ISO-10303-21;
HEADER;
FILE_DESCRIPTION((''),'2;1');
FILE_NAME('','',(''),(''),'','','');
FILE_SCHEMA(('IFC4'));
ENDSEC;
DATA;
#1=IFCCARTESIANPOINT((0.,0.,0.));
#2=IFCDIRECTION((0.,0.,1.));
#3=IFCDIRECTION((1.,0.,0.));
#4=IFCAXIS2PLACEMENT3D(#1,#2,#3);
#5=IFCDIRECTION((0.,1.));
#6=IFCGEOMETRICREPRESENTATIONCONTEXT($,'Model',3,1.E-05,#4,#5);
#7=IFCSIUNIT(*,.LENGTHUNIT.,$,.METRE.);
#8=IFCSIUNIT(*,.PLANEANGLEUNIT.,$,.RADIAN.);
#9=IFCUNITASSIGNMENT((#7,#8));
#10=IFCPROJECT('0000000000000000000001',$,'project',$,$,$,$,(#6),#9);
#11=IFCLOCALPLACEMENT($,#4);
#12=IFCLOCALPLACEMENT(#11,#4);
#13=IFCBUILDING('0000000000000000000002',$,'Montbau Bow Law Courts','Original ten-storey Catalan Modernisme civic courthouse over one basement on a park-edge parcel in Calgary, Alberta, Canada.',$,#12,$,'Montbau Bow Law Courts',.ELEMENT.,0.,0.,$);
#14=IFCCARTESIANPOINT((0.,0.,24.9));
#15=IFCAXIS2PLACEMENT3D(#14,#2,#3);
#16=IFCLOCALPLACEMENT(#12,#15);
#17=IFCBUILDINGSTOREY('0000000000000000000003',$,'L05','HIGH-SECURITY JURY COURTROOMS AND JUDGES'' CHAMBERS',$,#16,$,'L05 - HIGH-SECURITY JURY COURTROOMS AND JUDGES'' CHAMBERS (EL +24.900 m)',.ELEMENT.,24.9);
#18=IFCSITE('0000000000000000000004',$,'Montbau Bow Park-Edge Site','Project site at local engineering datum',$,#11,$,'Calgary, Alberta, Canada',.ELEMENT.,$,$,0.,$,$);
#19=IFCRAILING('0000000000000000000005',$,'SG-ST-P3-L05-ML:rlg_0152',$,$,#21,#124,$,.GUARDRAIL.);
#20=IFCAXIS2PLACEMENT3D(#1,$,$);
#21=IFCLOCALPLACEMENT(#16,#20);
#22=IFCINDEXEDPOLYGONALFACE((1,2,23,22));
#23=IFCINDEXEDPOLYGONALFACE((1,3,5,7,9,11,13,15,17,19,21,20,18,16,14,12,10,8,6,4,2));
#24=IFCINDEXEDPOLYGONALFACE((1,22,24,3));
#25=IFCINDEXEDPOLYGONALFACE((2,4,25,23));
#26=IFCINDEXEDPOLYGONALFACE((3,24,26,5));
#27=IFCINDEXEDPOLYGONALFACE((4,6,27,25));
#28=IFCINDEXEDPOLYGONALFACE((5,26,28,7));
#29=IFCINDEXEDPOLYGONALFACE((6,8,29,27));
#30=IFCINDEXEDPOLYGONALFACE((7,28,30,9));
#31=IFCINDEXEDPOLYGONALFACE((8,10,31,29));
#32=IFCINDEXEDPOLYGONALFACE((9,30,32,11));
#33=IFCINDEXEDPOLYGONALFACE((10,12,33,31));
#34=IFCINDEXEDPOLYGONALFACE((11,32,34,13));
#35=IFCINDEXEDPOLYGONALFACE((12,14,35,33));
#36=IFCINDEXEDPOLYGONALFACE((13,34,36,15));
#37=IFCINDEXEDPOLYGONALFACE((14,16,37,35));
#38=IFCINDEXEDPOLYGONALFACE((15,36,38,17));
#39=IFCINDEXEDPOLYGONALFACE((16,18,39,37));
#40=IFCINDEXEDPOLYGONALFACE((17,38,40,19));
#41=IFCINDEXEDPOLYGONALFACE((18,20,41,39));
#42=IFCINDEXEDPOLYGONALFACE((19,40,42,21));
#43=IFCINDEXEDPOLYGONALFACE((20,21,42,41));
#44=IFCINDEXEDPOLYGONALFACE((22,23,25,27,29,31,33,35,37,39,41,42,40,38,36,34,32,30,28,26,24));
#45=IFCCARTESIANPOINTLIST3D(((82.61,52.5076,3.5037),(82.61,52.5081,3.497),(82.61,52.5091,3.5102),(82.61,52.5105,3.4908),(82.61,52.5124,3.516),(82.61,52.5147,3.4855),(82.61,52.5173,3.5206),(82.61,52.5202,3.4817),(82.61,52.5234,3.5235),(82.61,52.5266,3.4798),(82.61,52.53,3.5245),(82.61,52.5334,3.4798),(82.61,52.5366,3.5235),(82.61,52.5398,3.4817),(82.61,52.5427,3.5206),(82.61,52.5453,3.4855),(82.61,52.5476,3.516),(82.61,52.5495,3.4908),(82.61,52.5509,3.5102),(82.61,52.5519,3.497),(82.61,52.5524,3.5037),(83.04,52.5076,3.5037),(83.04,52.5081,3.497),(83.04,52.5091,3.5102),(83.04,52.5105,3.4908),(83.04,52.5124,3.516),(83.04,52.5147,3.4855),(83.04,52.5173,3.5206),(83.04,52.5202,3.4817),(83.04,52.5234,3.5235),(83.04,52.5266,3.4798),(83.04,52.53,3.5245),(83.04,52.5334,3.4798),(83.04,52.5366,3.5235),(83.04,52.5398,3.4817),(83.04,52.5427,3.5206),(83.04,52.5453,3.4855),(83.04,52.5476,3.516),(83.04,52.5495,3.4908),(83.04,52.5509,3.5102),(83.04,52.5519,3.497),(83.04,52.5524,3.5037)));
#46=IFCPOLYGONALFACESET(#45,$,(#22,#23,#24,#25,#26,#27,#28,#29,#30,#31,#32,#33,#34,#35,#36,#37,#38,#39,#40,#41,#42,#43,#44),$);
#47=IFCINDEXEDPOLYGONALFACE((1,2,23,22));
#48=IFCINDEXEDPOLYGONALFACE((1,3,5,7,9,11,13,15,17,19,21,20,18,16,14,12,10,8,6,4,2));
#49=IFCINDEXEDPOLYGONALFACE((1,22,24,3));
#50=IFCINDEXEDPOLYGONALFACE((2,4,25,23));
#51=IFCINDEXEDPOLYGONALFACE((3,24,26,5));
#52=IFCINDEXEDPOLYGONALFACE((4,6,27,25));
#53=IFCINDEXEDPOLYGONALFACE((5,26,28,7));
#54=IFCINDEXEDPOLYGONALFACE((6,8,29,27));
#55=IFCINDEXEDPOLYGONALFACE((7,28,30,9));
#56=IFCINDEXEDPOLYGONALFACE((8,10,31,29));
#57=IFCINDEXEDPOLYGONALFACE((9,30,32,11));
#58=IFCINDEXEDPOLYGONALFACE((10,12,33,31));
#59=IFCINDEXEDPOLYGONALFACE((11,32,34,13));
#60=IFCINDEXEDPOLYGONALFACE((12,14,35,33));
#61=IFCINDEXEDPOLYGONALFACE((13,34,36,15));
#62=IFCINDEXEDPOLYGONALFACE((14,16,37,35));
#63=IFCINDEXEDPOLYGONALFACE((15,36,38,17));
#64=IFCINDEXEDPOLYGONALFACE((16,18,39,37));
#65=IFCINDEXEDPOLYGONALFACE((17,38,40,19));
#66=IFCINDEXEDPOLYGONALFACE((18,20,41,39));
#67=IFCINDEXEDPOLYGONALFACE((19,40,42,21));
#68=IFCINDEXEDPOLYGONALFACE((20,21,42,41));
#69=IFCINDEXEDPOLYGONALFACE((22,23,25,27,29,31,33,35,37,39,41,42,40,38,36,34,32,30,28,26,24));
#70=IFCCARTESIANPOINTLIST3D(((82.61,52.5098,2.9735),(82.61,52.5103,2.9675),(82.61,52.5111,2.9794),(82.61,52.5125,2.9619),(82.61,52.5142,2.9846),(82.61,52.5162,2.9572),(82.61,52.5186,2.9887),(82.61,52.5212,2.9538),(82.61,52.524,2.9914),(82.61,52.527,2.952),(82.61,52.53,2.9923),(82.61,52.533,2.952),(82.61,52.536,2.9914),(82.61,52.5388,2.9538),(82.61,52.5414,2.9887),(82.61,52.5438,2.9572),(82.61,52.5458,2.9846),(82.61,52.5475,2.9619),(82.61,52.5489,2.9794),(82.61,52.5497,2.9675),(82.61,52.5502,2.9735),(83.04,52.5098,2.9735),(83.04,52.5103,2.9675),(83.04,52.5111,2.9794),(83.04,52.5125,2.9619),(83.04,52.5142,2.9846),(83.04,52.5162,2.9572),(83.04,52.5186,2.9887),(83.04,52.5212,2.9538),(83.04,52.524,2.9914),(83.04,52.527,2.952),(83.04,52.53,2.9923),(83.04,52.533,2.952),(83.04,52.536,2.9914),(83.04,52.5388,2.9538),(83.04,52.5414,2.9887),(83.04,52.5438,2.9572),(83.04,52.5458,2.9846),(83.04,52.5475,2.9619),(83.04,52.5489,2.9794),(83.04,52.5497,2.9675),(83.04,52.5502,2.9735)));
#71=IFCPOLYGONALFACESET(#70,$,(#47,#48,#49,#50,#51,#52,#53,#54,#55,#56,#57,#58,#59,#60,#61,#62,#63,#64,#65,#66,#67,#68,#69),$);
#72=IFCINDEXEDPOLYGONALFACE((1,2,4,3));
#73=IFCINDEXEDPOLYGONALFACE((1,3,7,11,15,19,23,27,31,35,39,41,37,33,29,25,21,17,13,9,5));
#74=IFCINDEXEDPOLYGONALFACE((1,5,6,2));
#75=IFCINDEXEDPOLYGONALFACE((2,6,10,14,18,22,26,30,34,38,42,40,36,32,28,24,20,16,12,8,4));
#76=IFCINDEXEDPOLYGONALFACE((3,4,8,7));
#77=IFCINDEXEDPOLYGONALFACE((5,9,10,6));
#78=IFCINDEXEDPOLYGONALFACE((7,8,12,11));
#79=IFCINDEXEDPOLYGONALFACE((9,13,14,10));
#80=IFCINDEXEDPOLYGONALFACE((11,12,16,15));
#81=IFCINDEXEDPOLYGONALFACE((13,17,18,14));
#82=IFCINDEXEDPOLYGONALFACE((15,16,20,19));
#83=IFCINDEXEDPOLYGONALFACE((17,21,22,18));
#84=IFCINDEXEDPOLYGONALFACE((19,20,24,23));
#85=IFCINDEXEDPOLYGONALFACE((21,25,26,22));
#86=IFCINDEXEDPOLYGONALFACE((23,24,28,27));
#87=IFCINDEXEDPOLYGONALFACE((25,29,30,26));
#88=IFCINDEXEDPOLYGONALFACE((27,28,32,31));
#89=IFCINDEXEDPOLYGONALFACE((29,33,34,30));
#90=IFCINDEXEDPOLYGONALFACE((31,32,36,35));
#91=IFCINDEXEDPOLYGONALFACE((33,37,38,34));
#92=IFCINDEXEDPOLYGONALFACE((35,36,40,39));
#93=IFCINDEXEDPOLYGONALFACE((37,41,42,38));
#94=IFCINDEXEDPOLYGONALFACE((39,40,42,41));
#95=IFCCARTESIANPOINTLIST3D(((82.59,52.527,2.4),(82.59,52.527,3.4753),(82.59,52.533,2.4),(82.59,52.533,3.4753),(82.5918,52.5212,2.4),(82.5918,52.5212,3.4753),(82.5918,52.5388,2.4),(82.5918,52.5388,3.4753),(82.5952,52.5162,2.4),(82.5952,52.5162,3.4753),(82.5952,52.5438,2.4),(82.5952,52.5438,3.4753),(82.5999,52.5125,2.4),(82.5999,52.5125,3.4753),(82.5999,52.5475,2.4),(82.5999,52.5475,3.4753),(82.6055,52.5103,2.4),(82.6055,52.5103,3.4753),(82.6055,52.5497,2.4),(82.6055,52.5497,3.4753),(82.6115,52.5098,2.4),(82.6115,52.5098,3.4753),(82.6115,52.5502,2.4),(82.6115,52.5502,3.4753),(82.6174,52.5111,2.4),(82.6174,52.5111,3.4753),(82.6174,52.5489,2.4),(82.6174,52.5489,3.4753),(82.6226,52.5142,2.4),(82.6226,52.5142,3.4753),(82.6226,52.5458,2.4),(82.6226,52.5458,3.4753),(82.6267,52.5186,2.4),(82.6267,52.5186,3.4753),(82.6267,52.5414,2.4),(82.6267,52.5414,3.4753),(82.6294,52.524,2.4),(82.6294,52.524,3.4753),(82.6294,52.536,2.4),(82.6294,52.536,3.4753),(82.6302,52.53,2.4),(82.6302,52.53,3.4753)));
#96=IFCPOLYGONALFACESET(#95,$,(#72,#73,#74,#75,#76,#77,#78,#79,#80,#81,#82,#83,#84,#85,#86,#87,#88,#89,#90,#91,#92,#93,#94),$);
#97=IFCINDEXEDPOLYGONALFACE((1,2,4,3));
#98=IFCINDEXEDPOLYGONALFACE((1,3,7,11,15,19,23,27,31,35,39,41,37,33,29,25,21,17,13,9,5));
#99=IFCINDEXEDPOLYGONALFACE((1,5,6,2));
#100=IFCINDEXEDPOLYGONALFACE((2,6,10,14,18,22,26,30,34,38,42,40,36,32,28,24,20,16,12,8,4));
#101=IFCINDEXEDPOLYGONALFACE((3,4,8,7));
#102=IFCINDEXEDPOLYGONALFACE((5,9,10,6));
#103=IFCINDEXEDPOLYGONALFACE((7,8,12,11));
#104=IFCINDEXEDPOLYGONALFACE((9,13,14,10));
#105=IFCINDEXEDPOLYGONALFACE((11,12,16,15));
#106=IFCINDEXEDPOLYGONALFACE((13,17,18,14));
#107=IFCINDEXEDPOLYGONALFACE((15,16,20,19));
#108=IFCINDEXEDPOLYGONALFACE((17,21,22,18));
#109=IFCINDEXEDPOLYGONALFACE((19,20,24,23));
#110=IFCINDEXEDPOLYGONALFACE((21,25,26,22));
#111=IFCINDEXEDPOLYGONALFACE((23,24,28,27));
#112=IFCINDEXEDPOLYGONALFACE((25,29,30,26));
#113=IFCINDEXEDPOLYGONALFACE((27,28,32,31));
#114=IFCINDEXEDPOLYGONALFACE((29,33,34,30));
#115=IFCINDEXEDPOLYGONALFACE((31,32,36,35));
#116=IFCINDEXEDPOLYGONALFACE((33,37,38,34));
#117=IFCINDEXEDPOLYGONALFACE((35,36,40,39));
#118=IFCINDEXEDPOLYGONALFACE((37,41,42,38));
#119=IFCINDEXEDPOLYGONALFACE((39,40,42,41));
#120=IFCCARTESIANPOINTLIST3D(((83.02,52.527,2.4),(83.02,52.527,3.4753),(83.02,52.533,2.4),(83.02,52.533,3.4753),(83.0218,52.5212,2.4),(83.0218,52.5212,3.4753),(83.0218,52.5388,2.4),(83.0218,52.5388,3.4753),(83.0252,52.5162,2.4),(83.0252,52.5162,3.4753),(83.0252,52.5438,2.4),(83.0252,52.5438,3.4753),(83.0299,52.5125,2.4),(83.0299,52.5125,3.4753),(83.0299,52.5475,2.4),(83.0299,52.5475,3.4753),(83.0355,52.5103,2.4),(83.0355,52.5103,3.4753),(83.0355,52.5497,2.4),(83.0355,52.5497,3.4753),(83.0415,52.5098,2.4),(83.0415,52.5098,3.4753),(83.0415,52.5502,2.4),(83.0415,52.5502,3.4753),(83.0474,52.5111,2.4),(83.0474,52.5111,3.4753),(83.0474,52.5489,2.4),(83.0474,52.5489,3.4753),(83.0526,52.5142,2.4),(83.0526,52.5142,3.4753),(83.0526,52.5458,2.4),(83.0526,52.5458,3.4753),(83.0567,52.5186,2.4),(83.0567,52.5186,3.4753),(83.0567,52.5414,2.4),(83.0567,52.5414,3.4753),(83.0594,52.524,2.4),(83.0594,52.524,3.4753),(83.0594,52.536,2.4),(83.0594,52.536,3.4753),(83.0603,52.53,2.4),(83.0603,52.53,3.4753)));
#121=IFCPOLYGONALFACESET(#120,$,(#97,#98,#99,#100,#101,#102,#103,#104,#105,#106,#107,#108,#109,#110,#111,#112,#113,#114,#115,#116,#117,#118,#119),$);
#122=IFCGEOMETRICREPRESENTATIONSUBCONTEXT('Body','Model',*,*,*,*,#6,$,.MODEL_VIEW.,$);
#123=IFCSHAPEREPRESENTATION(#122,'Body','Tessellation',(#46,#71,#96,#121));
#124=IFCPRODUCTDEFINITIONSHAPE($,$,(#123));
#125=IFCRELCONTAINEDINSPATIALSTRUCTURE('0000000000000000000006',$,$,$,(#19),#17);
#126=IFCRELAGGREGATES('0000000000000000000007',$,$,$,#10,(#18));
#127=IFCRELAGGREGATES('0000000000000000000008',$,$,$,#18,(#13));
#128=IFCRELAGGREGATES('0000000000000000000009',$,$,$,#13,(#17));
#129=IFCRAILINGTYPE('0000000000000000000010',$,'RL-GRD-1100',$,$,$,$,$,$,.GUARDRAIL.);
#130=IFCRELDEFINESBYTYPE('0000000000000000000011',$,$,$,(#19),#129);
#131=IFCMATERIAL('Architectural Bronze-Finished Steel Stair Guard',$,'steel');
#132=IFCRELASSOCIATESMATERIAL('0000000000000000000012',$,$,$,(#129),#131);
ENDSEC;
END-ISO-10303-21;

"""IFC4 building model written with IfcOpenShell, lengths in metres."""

from ifc_helpers import new_model, si_unit, direction, frame, origin_with_axes, origin_2d_with_axis, place, context, subcontext, project, spatial, circle, extrude, material, type_object, element, save


model = new_model("IFC4")

# Units and contexts
model_context = context("Model", 3, precision=1e-05, world=origin_with_axes(), true_north=direction((0.0, 1.0)))
body_context = subcontext(model_context, "Body", "Model", "MODEL_VIEW")
ifc_project = project(units=[si_unit("LENGTHUNIT", "METRE"), si_unit("PLANEANGLEUNIT", "RADIAN")], contexts=[model_context])

# Site, building, storey
site_placement = place(None, origin_with_axes())
site = spatial("IfcSite", under=ifc_project, at=site_placement, Name="Montbau Bow Park-Edge Site", Description="Project site at local engineering datum", LongName="Calgary, Alberta, Canada", CompositionType="ELEMENT", RefElevation=0.0)
building_placement = place(site_placement, origin_with_axes())
building = spatial("IfcBuilding", under=site, at=building_placement, Name="Montbau Bow Law Courts", Description="Original ten-storey Catalan Modernisme civic courthouse over one basement on a park-edge parcel in Calgary, Alberta, Canada.", LongName="Montbau Bow Law Courts", CompositionType="ELEMENT", ElevationOfRefHeight=0.0, ElevationOfTerrain=0.0)
storey_placement = place(building_placement, frame((0.0, 0.0, 24.9), z_axis=(0.0, 0.0, 1.0), x_axis=(1.0, 0.0, 0.0)))
storey = spatial("IfcBuildingStorey", under=building, at=storey_placement, Name="L05", Description="HIGH-SECURITY JURY COURTROOMS AND JUDGES' CHAMBERS", LongName="L05 - HIGH-SECURITY JURY COURTROOMS AND JUDGES' CHAMBERS (EL +24.900 m)", CompositionType="ELEMENT", Elevation=24.9)

# Railing
ifc_material_1 = material(Name="Architectural Bronze-Finished Steel Stair Guard", Category="steel")
railing_type_1 = type_object("IfcRailingType", Name="RL-GRD-1100", PredefinedType="GUARDRAIL", material=ifc_material_1)
railing_1_placement = place(None, origin_with_axes())
element("IfcRailing", 1, at=railing_1_placement, inside=storey, type_object=railing_type_1, Name="SG-ST-P3-L05-ML:rlg_0152", PredefinedType="GUARDRAIL", context=body_context, shape_type="SweptSolid", body=[
    extrude(circle(Radius=0.0225, at=origin_2d_with_axis()), frame((82.61, 52.53, 28.402), z_axis=(1.0, 0.0, 0.0), x_axis=(0.0, 0.0, 1.0)), (0.0, 0.0, 1.0), 0.43),
    extrude(circle(Radius=0.0203, at=origin_2d_with_axis()), frame((82.61, 52.53, 27.872), z_axis=(1.0, 0.0, 0.0), x_axis=(0.0, 0.0, 1.0)), (0.0, 0.0, 1.0), 0.43),
    extrude(circle(Radius=0.0203, at=origin_2d_with_axis()), frame((82.61, 52.53, 27.3), z_axis=(0.0, 0.0, 1.0), x_axis=(1.0, 0.0, 0.0)), (0.0, 0.0, 1.0), 1.0753),
    extrude(circle(Radius=0.0203, at=origin_2d_with_axis()), frame((83.04, 52.53, 27.3), z_axis=(0.0, 0.0, 1.0), x_axis=(1.0, 0.0, 0.0)), (0.0, 0.0, 1.0), 1.0753),
])

save(model, "model.ifc")
